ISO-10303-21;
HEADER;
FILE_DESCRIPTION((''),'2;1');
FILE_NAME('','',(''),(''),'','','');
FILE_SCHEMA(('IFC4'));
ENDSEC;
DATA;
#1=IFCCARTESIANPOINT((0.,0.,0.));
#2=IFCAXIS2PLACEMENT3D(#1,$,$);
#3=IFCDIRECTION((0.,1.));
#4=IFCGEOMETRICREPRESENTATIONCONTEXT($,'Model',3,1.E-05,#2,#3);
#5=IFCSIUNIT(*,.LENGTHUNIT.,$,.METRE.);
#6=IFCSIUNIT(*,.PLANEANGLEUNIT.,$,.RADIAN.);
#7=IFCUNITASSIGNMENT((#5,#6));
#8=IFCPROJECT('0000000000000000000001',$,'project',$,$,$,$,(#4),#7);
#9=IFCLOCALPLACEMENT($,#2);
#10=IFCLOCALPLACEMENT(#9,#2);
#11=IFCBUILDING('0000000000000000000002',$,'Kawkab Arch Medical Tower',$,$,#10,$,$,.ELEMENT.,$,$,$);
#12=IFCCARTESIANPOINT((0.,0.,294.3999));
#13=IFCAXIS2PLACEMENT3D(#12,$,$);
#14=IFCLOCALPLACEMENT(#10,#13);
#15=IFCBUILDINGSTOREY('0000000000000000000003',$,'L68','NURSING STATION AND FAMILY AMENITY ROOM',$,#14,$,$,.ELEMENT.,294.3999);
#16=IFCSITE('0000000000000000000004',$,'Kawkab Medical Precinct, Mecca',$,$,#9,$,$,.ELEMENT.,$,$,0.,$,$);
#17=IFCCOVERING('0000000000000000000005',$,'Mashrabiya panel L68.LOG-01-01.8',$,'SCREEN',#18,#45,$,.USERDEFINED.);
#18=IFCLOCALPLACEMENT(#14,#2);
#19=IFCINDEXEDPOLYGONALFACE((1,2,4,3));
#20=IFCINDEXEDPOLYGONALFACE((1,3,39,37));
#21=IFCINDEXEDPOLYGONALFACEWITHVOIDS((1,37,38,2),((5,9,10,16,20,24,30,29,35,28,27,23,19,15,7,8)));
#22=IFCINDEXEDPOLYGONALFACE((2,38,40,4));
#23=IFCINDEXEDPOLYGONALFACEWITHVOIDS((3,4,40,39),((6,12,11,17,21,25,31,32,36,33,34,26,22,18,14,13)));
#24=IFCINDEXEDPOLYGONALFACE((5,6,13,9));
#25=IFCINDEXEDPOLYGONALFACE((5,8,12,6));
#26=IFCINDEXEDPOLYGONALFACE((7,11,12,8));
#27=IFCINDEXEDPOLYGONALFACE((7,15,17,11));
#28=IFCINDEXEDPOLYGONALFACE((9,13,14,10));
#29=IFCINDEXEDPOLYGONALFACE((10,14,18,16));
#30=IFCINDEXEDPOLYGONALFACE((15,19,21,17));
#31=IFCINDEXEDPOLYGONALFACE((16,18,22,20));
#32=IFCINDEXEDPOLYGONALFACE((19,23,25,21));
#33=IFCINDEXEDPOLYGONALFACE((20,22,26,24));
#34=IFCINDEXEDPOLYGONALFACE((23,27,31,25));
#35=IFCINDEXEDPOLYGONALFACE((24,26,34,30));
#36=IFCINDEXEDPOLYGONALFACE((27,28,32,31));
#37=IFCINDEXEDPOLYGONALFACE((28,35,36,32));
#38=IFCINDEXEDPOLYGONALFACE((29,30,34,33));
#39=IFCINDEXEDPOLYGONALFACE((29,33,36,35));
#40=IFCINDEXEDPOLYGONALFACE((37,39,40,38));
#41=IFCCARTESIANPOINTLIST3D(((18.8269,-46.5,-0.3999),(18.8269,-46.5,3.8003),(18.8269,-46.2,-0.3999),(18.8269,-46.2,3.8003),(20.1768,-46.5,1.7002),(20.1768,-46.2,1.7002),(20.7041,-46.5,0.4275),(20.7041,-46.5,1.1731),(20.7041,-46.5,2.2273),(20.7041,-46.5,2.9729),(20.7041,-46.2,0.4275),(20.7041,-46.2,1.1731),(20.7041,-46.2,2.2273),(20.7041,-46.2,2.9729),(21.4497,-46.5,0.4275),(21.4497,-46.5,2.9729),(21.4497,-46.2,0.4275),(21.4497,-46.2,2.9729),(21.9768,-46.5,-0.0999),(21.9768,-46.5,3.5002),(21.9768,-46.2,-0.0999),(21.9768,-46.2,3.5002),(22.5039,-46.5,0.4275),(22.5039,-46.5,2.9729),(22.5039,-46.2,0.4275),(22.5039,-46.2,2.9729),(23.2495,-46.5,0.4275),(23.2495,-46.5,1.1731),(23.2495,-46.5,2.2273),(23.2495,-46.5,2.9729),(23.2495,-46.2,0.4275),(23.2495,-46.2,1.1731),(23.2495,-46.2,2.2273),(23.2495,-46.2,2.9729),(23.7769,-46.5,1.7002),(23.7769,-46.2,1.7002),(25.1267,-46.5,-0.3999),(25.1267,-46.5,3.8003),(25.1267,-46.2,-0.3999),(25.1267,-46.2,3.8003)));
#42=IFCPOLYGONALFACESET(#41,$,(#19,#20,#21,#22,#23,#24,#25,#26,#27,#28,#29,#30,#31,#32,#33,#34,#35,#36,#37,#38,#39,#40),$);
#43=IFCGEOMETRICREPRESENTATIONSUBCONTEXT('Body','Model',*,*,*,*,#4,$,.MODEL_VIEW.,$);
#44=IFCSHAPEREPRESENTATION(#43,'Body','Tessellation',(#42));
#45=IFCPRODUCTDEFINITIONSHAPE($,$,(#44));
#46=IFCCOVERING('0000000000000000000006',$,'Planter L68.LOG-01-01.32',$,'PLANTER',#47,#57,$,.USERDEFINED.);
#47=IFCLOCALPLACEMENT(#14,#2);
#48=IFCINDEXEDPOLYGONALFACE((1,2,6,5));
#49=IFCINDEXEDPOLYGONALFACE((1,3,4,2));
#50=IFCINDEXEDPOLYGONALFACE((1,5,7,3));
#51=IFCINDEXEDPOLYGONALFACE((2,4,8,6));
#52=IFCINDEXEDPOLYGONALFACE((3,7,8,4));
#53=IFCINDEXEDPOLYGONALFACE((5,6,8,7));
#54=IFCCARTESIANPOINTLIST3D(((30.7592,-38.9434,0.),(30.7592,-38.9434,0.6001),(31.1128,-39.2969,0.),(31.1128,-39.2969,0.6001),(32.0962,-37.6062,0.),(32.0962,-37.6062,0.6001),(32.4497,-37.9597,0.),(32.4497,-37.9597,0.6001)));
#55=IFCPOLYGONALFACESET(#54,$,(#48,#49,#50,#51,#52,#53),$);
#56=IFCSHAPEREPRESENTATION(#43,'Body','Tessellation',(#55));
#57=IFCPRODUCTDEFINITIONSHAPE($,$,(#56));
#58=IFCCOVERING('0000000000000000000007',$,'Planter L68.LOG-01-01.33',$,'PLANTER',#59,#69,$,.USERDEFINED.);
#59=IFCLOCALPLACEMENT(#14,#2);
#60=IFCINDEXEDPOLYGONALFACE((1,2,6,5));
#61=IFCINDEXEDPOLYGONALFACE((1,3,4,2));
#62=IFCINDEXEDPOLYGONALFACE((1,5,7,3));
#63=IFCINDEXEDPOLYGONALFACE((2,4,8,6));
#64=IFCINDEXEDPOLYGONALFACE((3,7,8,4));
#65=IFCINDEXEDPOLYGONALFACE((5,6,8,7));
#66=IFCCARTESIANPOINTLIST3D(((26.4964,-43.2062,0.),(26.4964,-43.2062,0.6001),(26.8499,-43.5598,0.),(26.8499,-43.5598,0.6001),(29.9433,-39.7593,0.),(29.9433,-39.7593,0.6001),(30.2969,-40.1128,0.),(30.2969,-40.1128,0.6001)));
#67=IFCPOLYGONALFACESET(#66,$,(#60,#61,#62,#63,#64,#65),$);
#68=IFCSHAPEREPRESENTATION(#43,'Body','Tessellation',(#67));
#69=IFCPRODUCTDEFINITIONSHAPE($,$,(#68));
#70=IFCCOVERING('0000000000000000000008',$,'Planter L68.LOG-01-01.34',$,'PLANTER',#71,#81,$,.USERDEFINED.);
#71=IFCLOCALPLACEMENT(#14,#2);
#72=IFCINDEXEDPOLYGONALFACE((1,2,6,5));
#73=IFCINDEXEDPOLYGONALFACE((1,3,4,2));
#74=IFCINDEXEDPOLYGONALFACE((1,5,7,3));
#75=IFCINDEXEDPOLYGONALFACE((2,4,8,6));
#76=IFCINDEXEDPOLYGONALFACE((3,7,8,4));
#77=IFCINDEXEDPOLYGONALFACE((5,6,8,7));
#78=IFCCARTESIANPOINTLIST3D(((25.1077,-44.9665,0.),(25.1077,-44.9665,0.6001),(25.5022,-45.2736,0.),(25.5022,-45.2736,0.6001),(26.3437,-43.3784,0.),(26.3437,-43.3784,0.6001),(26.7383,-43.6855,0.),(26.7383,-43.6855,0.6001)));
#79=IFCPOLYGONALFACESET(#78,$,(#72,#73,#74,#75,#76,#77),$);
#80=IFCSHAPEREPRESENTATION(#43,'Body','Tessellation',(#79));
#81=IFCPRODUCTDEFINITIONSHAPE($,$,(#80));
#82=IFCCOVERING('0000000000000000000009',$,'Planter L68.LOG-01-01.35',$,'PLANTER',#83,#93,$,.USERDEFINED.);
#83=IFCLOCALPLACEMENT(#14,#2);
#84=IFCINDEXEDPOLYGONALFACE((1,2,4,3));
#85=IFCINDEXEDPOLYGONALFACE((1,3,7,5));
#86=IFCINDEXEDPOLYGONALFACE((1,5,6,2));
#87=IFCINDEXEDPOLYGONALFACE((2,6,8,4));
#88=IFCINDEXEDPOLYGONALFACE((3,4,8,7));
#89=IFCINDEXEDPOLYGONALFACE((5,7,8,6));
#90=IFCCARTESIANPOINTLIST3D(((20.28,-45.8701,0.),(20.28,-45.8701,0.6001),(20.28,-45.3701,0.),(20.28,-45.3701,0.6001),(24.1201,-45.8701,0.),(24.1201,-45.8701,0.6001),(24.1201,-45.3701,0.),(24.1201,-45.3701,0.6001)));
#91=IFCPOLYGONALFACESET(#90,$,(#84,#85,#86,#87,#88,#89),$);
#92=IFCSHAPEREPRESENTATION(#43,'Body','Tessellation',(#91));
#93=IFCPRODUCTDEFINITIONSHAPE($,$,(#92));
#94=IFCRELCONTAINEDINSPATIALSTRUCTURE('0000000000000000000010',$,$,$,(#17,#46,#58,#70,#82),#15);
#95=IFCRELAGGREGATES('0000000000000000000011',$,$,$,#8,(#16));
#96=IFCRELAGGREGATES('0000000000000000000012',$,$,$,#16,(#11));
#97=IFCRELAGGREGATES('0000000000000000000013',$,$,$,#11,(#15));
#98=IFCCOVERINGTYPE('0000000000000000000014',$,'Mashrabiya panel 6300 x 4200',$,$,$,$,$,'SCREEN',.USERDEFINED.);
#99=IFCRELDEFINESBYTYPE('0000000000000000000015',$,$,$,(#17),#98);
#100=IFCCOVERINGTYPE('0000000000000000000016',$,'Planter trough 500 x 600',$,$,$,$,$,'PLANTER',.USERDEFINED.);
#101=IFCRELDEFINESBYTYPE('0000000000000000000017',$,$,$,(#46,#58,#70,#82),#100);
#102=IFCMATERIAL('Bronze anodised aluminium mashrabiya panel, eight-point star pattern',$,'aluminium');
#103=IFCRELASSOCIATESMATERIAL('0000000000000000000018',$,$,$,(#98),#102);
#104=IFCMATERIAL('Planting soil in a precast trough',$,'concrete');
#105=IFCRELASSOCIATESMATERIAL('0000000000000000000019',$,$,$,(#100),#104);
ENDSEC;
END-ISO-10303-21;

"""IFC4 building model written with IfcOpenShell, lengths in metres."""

from ifc_helpers import new_model, si_unit, direction, frame, origin, origin_2d, place, context, subcontext, project, spatial, polyline, rectangle, outline, extrude, material, material_profile, profile_set, type_object, element, save


model = new_model("IFC4")

# Units and contexts
model_context = context("Model", 3, precision=1e-05, world=origin(), true_north=direction((0.0, 1.0)))
body_context = subcontext(model_context, "Body", "Model", "MODEL_VIEW")
ifc_project = project(units=[si_unit("LENGTHUNIT", "METRE"), si_unit("PLANEANGLEUNIT", "RADIAN")], contexts=[model_context])

# Site, building, storey
site_placement = place(None, origin())
site = spatial("IfcSite", under=ifc_project, at=site_placement, Name="Kawkab Medical Precinct, Mecca", CompositionType="ELEMENT", RefElevation=0.0)
building_placement = place(site_placement, origin())
building = spatial("IfcBuilding", under=site, at=building_placement, Name="Kawkab Arch Medical Tower", CompositionType="ELEMENT")
storey_placement = place(building_placement, frame((0.0, 0.0, 294.3999)))
storey = spatial("IfcBuildingStorey", under=building, at=storey_placement, Name="L68", Description="NURSING STATION AND FAMILY AMENITY ROOM", CompositionType="ELEMENT", Elevation=294.3999)

# Coverings
ifc_material_1 = material(Name="Bronze anodised aluminium mashrabiya panel, eight-point star pattern", Category="aluminium")
ifc_material_profile_1 = material_profile(ifc_material_1, outline(polyline([(-3.1499, -2.1001), (3.1499, -2.1001), (3.1499, 2.1001), (-3.1499, 2.1001), (-3.1499, -2.1001)]), holes=[polyline([(1.8, 0.0), (1.2727, 0.5271), (1.2727, 1.2727), (0.5271, 1.2727), (0.0, 1.8), (-0.5271, 1.2727), (-1.2727, 1.2727), (-1.2727, 0.5271), (-1.8, 0.0), (-1.2727, -0.5271), (-1.2727, -1.2727), (-0.5271, -1.2727), (0.0, -1.8), (0.5271, -1.2727), (1.2727, -1.2727), (1.2727, -0.5271), (1.8, 0.0)])]), Name="Mashrabiya panel 6300x4200")
ifc_profile_set_1 = profile_set([ifc_material_profile_1], Name="Bronze anodised aluminium mashrabiya panel, eight-point star pattern")
covering_type_1 = type_object("IfcCoveringType", Name="Mashrabiya panel 6300 x 4200", ElementType="SCREEN", PredefinedType="USERDEFINED", material=ifc_profile_set_1)
covering_1_placement = place(storey_placement, frame((21.9768, -46.2, 1.7002), z_axis=(0.0, -1.0, 0.0), x_axis=(1.0, 0.0, 0.0)))
element("IfcCovering", 1, at=covering_1_placement, inside=storey, type_object=covering_type_1, Name="Mashrabiya panel L68.LOG-01-01.8", ObjectType="SCREEN", PredefinedType="USERDEFINED", context=body_context, shape_type="SweptSolid", body=[
    extrude(outline(polyline([(-3.1499, -2.1001), (3.1499, -2.1001), (3.1499, 2.1001), (-3.1499, 2.1001), (-3.1499, -2.1001)]), holes=[polyline([(1.8, 0.0), (1.2727, 0.5271), (1.2727, 1.2727), (0.5271, 1.2727), (0.0, 1.8), (-0.5271, 1.2727), (-1.2727, 1.2727), (-1.2727, 0.5271), (-1.8, 0.0), (-1.2727, -0.5271), (-1.2727, -1.2727), (-0.5271, -1.2727), (0.0, -1.8), (0.5271, -1.2727), (1.2727, -1.2727), (1.2727, -0.5271), (1.8, 0.0)])]), origin(), (0.0, 0.0, 1.0), 0.3),
])
ifc_material_2 = material(Name="Planting soil in a precast trough", Category="concrete")
ifc_material_profile_2 = material_profile(ifc_material_2, rectangle(XDim=0.5, YDim=0.6001, at=origin_2d()), Name="Trough 500x600")
ifc_profile_set_2 = profile_set([ifc_material_profile_2], Name="Planting soil in a precast trough")
covering_type_2 = type_object("IfcCoveringType", Name="Planter trough 500 x 600", ElementType="PLANTER", PredefinedType="USERDEFINED", material=ifc_profile_set_2)
covering_2_placement = place(storey_placement, frame((32.2729, -37.783, 0.3), z_axis=(-0.707042, -0.707171, 0.0), x_axis=(0.707171, -0.707042, 0.0)))
element("IfcCovering", 2, at=covering_2_placement, inside=storey, type_object=covering_type_2, Name="Planter L68.LOG-01-01.32", ObjectType="PLANTER", PredefinedType="USERDEFINED", context=body_context, shape_type="SweptSolid", body=[
    extrude(rectangle(XDim=0.5, YDim=0.6001, at=origin_2d()), origin(), (0.0, 0.0, 1.0), 1.8909),
])
covering_3_placement = place(storey_placement, frame((30.1201, -39.936, 0.3), z_axis=(-0.707107, -0.707107, 0.0), x_axis=(0.707107, -0.707107, 0.0)))
element("IfcCovering", 3, at=covering_3_placement, inside=storey, type_object=covering_type_2, Name="Planter L68.LOG-01-01.33", ObjectType="PLANTER", PredefinedType="USERDEFINED", context=body_context, shape_type="SweptSolid", body=[
    extrude(rectangle(XDim=0.5, YDim=0.6001, at=origin_2d()), origin(), (0.0, 0.0, 1.0), 4.8748),
])
covering_4_placement = place(storey_placement, frame((26.541, -43.532, 0.3), z_axis=(-0.614209, -0.789143, 0.0), x_axis=(0.789143, -0.614209, 0.0)))
element("IfcCovering", 4, at=covering_4_placement, inside=storey, type_object=covering_type_2, Name="Planter L68.LOG-01-01.34", ObjectType="PLANTER", PredefinedType="USERDEFINED", context=body_context, shape_type="SweptSolid", body=[
    extrude(rectangle(XDim=0.5, YDim=0.6001, at=origin_2d()), origin(), (0.0, 0.0, 1.0), 2.0125),
])
covering_5_placement = place(storey_placement, frame((24.1201, -45.6201, 0.3), z_axis=(-1.0, 0.0, 0.0), x_axis=(0.0, -1.0, 0.0)))
element("IfcCovering", 5, at=covering_5_placement, inside=storey, type_object=covering_type_2, Name="Planter L68.LOG-01-01.35", ObjectType="PLANTER", PredefinedType="USERDEFINED", context=body_context, shape_type="SweptSolid", body=[
    extrude(rectangle(XDim=0.5, YDim=0.6001, at=origin_2d()), origin(), (0.0, 0.0, 1.0), 3.8401),
])

save(model, "model.ifc")
